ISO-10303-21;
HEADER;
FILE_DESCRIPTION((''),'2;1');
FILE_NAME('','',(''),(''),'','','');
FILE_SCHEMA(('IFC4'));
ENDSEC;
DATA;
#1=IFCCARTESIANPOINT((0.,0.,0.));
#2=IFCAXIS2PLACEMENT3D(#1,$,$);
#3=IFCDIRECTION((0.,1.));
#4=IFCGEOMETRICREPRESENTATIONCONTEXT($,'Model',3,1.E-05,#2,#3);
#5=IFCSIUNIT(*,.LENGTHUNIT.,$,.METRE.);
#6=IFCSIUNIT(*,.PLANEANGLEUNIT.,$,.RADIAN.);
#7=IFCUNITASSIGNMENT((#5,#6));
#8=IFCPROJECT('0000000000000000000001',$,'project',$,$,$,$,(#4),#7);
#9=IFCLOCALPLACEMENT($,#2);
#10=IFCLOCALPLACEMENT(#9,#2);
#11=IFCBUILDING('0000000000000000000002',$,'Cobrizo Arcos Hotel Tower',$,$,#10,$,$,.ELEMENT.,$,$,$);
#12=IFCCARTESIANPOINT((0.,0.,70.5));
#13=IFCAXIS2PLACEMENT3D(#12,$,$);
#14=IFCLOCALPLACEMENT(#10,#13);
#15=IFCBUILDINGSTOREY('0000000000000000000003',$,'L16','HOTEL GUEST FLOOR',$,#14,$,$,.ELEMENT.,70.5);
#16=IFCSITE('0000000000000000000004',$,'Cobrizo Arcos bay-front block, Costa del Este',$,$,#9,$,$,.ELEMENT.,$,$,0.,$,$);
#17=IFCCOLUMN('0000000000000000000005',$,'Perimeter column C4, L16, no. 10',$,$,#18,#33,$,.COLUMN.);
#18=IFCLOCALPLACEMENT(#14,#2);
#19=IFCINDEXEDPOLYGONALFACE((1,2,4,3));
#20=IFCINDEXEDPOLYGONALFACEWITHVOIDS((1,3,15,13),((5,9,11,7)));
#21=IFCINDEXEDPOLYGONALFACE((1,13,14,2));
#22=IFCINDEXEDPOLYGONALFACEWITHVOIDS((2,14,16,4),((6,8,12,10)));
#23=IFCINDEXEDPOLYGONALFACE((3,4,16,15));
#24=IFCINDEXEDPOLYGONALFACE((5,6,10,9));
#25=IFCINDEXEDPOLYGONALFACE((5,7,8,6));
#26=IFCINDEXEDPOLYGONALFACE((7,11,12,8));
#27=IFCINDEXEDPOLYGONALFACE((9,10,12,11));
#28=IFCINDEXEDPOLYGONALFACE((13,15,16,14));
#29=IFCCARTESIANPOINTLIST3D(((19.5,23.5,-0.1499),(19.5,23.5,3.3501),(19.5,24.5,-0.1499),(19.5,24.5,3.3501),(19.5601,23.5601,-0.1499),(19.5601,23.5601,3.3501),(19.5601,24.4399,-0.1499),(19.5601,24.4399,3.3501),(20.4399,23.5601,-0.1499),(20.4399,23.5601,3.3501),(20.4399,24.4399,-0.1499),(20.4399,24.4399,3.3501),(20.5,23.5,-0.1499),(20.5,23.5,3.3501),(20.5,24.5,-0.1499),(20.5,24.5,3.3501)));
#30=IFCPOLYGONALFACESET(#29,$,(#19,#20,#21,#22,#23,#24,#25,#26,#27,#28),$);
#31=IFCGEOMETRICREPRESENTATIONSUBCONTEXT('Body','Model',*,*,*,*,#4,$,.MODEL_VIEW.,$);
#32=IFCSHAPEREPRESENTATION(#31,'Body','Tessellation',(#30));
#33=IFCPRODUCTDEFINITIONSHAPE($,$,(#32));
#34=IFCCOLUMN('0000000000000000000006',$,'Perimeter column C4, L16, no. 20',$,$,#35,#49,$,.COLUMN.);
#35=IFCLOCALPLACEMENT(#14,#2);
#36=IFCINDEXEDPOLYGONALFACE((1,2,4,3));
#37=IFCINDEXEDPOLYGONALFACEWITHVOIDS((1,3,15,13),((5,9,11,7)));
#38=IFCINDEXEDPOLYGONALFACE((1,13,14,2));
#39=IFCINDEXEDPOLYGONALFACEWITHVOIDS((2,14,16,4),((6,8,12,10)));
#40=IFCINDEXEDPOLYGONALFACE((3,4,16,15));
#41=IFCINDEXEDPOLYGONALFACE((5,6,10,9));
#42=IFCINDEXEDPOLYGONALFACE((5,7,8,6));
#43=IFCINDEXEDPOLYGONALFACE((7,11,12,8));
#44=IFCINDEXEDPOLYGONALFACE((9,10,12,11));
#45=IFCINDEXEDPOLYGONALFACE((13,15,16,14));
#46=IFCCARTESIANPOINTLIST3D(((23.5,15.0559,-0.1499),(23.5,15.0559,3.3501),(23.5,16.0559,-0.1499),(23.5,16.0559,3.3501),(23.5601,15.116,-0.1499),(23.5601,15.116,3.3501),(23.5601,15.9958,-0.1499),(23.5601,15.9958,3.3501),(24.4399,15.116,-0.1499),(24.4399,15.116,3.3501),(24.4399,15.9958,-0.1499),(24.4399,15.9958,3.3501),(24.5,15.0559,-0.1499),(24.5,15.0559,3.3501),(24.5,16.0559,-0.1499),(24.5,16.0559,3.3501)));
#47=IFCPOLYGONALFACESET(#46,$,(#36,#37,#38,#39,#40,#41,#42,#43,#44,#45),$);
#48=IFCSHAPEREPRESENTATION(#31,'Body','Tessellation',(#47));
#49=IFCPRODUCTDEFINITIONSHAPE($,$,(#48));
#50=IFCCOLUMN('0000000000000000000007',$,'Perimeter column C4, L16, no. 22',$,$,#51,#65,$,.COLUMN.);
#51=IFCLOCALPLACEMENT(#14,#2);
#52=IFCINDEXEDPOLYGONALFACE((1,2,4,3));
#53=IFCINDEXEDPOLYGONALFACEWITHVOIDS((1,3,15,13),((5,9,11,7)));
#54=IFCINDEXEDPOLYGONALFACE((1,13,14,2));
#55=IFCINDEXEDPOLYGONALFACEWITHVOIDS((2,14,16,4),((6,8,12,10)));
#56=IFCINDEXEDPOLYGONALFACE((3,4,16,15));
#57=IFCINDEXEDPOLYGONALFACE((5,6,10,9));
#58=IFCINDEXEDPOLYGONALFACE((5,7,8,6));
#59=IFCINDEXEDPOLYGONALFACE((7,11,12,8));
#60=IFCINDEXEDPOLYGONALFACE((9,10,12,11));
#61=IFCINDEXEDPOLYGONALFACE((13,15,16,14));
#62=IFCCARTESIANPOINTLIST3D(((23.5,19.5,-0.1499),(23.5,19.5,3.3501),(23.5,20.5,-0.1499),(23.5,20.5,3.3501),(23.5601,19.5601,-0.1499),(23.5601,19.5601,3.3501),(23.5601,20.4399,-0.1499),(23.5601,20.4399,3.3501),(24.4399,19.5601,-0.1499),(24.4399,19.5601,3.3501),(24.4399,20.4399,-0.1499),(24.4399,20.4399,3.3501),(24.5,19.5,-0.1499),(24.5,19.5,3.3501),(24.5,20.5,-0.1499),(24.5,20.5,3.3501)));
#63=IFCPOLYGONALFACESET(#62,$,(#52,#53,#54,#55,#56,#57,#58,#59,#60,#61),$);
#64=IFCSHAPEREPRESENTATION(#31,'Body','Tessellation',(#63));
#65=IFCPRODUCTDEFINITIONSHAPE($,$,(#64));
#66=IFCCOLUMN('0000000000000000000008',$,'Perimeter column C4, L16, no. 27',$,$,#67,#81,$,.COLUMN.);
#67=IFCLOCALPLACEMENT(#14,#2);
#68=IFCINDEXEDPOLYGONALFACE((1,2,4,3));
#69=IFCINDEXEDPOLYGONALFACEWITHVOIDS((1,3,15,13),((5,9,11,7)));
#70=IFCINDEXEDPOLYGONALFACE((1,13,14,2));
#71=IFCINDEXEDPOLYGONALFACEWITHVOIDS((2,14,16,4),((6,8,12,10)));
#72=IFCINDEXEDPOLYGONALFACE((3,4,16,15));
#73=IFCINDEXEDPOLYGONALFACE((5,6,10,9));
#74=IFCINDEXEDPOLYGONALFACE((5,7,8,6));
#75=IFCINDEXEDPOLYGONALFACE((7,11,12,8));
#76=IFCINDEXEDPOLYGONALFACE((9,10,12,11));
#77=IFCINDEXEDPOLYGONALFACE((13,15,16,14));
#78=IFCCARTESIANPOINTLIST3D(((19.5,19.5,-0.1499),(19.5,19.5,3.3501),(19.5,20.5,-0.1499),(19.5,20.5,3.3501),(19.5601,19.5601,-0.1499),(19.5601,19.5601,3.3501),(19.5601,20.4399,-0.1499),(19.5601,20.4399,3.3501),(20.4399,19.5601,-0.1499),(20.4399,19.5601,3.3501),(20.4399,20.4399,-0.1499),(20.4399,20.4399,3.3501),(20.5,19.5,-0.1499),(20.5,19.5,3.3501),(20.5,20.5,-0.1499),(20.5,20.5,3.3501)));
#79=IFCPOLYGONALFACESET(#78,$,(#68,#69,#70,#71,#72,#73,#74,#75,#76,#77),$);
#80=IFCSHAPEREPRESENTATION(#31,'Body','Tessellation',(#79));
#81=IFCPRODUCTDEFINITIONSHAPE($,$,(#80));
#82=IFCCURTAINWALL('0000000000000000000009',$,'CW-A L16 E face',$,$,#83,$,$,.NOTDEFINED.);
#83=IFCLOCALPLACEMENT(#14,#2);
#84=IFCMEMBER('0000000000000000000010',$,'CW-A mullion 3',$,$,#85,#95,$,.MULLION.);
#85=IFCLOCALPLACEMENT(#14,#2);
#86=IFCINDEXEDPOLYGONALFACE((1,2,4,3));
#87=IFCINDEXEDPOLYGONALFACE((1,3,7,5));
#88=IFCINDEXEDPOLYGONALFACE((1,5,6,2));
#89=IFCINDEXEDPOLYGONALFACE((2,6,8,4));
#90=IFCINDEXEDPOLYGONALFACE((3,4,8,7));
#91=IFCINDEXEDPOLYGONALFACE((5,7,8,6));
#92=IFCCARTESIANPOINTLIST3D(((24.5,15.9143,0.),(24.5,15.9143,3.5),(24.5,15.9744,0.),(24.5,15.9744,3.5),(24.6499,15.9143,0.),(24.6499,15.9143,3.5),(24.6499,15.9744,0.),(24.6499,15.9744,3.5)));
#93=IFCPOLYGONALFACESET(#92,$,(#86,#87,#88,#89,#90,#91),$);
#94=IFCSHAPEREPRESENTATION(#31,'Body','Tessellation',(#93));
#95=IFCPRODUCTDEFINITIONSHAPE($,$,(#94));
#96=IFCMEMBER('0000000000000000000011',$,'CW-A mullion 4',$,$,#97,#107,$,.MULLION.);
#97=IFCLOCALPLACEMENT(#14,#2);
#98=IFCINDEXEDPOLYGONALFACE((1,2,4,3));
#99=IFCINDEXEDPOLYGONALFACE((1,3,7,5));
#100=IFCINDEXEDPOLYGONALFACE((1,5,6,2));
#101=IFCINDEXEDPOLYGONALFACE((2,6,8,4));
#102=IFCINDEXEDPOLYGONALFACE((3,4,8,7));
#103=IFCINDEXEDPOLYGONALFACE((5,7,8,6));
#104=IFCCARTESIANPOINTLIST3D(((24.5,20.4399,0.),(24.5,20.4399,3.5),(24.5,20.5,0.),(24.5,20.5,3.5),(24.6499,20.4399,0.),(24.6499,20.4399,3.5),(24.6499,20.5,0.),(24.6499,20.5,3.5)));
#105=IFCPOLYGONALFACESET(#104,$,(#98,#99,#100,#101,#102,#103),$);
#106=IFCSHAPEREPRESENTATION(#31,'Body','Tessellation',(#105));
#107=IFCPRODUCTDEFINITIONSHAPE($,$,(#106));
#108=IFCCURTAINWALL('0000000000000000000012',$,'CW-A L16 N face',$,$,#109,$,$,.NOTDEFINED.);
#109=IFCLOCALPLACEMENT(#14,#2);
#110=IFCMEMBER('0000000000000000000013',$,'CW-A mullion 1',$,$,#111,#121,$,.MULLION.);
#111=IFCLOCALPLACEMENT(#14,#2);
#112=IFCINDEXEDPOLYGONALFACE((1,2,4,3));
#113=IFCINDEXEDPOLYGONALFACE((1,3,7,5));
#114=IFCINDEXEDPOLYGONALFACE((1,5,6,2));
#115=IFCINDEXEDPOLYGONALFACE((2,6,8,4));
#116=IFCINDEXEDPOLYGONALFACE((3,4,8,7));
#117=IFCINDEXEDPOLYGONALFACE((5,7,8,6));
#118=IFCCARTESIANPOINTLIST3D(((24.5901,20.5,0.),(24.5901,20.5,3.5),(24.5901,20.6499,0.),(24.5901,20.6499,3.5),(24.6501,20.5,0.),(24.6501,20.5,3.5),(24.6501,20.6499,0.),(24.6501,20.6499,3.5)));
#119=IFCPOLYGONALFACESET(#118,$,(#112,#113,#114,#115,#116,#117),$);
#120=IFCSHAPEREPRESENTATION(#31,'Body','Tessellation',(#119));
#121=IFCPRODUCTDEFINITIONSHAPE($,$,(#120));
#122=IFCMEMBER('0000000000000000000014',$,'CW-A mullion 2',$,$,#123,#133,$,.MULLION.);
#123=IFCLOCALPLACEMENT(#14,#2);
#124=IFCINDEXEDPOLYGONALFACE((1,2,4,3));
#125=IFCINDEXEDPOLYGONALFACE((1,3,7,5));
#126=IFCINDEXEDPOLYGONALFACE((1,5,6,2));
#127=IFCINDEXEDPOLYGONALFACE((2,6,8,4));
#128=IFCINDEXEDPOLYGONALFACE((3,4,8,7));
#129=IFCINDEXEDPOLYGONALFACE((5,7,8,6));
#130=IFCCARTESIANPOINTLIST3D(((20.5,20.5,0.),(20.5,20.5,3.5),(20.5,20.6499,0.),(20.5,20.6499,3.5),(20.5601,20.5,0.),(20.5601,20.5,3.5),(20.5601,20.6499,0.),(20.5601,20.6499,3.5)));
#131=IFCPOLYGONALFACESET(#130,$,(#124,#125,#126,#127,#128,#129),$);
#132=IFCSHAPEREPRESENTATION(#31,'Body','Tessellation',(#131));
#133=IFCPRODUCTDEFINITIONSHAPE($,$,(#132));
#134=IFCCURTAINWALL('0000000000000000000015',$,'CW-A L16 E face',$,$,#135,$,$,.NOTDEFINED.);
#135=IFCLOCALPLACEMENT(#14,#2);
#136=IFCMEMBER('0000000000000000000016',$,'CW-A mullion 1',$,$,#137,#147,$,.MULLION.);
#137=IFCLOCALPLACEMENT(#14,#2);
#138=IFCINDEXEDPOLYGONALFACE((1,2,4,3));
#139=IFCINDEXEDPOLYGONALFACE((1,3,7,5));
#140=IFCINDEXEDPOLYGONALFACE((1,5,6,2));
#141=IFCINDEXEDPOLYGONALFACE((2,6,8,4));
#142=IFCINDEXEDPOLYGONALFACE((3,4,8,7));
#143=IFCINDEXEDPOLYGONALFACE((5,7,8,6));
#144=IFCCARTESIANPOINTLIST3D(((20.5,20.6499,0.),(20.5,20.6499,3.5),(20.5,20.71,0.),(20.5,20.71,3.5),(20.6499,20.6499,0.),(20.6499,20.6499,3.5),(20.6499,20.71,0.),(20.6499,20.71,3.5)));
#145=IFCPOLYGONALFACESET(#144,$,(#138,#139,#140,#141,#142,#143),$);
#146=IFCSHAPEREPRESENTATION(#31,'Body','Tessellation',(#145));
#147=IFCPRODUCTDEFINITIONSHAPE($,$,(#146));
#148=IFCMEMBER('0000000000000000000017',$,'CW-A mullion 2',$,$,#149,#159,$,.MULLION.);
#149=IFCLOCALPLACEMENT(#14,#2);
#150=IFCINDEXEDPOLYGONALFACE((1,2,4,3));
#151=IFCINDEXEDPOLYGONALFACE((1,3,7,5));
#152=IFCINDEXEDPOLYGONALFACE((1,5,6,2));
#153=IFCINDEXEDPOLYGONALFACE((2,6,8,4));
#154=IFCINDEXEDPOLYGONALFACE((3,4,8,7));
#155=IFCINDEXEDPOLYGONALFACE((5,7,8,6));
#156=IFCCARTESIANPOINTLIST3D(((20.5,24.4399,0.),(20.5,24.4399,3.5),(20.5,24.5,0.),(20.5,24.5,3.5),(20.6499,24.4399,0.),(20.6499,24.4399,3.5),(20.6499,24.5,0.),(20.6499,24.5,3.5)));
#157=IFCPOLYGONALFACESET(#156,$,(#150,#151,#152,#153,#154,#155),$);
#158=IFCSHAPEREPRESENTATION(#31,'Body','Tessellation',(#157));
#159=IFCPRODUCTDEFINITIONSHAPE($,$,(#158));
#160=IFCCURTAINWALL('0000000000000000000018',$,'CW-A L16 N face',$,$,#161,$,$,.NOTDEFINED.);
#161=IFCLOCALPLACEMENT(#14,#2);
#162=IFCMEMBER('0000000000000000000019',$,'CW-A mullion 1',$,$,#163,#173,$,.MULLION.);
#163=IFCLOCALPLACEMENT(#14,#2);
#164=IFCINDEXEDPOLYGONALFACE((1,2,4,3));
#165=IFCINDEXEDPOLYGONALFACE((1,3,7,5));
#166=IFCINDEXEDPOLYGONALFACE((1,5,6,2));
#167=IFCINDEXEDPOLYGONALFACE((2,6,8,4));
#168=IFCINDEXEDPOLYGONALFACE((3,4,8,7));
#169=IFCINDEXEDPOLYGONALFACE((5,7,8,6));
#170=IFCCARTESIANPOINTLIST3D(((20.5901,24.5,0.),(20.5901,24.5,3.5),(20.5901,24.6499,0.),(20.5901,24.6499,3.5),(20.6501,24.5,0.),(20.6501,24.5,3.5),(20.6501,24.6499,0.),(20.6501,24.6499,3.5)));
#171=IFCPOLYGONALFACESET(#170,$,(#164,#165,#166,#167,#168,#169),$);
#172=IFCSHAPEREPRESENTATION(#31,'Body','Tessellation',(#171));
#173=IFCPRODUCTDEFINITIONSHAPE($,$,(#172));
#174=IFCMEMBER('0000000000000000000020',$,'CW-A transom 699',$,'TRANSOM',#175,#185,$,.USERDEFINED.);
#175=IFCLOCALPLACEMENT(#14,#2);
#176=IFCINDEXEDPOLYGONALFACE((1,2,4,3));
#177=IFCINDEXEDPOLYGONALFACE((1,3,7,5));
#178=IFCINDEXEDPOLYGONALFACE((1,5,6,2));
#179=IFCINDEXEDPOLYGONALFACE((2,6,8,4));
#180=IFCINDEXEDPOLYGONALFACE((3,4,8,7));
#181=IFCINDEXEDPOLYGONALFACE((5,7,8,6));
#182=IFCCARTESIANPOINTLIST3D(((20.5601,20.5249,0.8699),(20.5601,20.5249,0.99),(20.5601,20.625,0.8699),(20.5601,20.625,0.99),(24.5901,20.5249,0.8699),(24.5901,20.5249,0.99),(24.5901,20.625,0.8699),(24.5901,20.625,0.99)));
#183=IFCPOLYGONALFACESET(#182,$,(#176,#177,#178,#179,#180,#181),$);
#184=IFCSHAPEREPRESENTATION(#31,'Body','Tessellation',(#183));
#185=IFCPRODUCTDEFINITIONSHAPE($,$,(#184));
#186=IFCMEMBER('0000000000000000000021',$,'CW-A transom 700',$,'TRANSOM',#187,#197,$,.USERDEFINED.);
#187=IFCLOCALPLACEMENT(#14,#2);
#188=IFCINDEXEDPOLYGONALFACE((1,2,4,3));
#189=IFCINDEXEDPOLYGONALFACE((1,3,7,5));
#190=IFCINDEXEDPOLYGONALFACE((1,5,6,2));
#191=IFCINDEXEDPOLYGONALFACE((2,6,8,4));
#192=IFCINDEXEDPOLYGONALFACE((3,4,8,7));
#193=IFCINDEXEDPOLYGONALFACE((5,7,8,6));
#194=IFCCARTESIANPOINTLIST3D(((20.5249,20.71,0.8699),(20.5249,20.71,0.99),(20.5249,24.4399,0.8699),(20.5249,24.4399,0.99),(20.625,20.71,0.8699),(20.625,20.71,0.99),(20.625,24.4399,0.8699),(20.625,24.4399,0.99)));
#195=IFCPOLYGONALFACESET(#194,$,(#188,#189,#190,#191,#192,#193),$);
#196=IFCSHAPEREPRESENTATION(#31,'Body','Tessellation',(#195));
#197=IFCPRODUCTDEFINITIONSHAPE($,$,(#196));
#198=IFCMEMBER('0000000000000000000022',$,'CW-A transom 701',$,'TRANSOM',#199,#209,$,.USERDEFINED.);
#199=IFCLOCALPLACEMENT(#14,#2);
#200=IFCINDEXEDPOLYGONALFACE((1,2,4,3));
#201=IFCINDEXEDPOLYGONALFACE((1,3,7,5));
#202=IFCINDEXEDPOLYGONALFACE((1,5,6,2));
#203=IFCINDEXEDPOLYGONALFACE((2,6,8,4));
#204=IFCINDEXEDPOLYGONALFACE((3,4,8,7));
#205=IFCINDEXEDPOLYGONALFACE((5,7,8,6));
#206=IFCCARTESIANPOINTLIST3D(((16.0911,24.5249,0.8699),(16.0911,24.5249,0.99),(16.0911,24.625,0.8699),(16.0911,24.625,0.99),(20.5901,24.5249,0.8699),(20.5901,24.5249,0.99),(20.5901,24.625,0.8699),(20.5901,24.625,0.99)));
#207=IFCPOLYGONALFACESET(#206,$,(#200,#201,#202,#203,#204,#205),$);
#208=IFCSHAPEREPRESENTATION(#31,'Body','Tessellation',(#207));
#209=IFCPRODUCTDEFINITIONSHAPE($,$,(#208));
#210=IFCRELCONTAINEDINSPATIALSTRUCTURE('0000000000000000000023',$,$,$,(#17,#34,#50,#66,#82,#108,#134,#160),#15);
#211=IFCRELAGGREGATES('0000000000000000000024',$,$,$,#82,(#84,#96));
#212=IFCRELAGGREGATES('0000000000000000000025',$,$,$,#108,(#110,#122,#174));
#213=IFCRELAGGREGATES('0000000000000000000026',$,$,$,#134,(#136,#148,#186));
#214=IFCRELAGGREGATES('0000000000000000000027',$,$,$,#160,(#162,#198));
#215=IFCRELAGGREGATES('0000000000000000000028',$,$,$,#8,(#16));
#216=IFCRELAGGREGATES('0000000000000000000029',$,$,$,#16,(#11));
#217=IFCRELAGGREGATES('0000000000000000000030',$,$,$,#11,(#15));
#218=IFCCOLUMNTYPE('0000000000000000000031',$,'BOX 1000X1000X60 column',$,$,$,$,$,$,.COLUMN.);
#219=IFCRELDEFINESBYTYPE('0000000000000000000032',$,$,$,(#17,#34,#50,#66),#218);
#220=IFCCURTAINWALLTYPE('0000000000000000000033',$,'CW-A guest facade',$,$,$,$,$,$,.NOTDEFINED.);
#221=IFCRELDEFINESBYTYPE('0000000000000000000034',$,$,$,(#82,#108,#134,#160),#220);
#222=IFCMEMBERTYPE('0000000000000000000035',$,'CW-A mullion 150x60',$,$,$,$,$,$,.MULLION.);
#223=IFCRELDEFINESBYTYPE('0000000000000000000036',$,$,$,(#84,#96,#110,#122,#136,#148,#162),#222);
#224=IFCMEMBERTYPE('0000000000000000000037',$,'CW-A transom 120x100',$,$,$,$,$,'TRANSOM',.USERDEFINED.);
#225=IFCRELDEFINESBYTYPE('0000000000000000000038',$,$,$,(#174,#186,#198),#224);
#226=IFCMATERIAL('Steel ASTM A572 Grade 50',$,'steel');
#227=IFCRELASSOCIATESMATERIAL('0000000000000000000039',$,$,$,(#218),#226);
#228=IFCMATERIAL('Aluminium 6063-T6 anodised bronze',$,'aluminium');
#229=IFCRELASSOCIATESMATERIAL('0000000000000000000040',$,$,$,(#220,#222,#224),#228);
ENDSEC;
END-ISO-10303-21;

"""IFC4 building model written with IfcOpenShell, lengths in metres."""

from ifc_helpers import new_model, si_unit, direction, frame, origin, origin_2d, place, context, subcontext, project, spatial, rectangle, hollow_rectangle, extrude, material, material_profile, profile_set, type_object, element, aggregate, save


model = new_model("IFC4")

# Units and contexts
model_context = context("Model", 3, precision=1e-05, world=origin(), true_north=direction((0.0, 1.0)))
body_context = subcontext(model_context, "Body", "Model", "MODEL_VIEW")
ifc_project = project(units=[si_unit("LENGTHUNIT", "METRE"), si_unit("PLANEANGLEUNIT", "RADIAN")], contexts=[model_context])

# Site, building, storey
site_placement = place(None, origin())
site = spatial("IfcSite", under=ifc_project, at=site_placement, Name="Cobrizo Arcos bay-front block, Costa del Este", CompositionType="ELEMENT", RefElevation=0.0)
building_placement = place(site_placement, origin())
building = spatial("IfcBuilding", under=site, at=building_placement, Name="Cobrizo Arcos Hotel Tower", CompositionType="ELEMENT")
storey_placement = place(building_placement, frame((0.0, 0.0, 70.5)))
storey = spatial("IfcBuildingStorey", under=building, at=storey_placement, Name="L16", Description="HOTEL GUEST FLOOR", CompositionType="ELEMENT", Elevation=70.5)

# Columns
ifc_material_1 = material(Name="Steel ASTM A572 Grade 50", Category="steel")
ifc_material_profile_1 = material_profile(ifc_material_1, hollow_rectangle(XDim=1.0, YDim=1.0, WallThickness=0.0601, at=origin_2d()), Name="BOX 1000X1000X60")
ifc_profile_set_1 = profile_set([ifc_material_profile_1], Name="Steel ASTM A572 Grade 50")
column_type = type_object("IfcColumnType", Name="BOX 1000X1000X60 column", PredefinedType="COLUMN", material=ifc_profile_set_1)
for number, where, z_axis, x_axis, name in (
    (1, (20.0, 24.0, -0.1499), (0.0, 0.0, 1.0), (1.0, 0.0, 0.0), "Perimeter column C4, L16, no. 10"),
    (2, (24.0, 15.5559, -0.1499), (0.0, 0.0, 1.0), (1.0, 0.0, 0.0), "Perimeter column C4, L16, no. 20"),
    (3, (24.0, 20.0, -0.1499), (0.0, 0.0, 1.0), (1.0, 0.0, 0.0), "Perimeter column C4, L16, no. 22"),
    (4, (20.0, 20.0, -0.1499), (0.0, 0.0, 1.0), (1.0, 0.0, 0.0), "Perimeter column C4, L16, no. 27"),
):
    element("IfcColumn", number, at=place(storey_placement, frame(where, z_axis=z_axis, x_axis=x_axis)), inside=storey, type_object=column_type, Name=name, PredefinedType="COLUMN", context=body_context, shape_type="SweptSolid", body=[
        extrude(hollow_rectangle(XDim=1.0, YDim=1.0, WallThickness=0.0601, at=origin_2d()), origin(), (0.0, 0.0, 1.0), 3.5),
    ])

# Curtain walls, members
ifc_material_2 = material(Name="Aluminium 6063-T6 anodised bronze", Category="aluminium")
curtain_wall_type = type_object("IfcCurtainWallType", Name="CW-A guest facade", PredefinedType="NOTDEFINED", material=ifc_material_2)
curtain_wall_1_placement = place(storey_placement, origin())
curtain_wall_1 = element("IfcCurtainWall", 5, at=curtain_wall_1_placement, inside=storey, type_object=curtain_wall_type, Name="CW-A L16 E face", PredefinedType="NOTDEFINED")
ifc_material_profile_2 = material_profile(ifc_material_2, rectangle(XDim=0.1499, YDim=0.0601, at=origin_2d()), Name="CW-A mullion 150x60")
ifc_profile_set_2 = profile_set([ifc_material_profile_2], Name="Aluminium 6063-T6 anodised bronze")
member_type_1 = type_object("IfcMemberType", Name="CW-A mullion 150x60", PredefinedType="MULLION", material=ifc_profile_set_2)
member_1_placement = place(storey_placement, frame((24.575, 15.9443, 0.0), z_axis=(0.0, 0.0, 1.0), x_axis=(1.0, 0.0, 0.0)))
member_1 = element("IfcMember", 6, at=member_1_placement, type_object=member_type_1, Name="CW-A mullion 3", PredefinedType="MULLION", context=body_context, shape_type="SweptSolid", body=[
    extrude(rectangle(XDim=0.1499, YDim=0.0601, at=origin_2d()), origin(), (0.0, 0.0, 1.0), 3.5),
])
member_2_placement = place(storey_placement, frame((24.575, 20.47, 0.0), z_axis=(0.0, 0.0, 1.0), x_axis=(1.0, 0.0, 0.0)))
member_2 = element("IfcMember", 7, at=member_2_placement, type_object=member_type_1, Name="CW-A mullion 4", PredefinedType="MULLION", context=body_context, shape_type="SweptSolid", body=[
    extrude(rectangle(XDim=0.1499, YDim=0.0601, at=origin_2d()), origin(), (0.0, 0.0, 1.0), 3.5),
])
curtain_wall_2_placement = place(storey_placement, origin())
curtain_wall_2 = element("IfcCurtainWall", 8, at=curtain_wall_2_placement, inside=storey, type_object=curtain_wall_type, Name="CW-A L16 N face", PredefinedType="NOTDEFINED")
member_3_placement = place(storey_placement, frame((24.6201, 20.575, 0.0), z_axis=(0.0, 0.0, 1.0), x_axis=(0.0, 1.0, 0.0)))
member_3 = element("IfcMember", 9, at=member_3_placement, type_object=member_type_1, Name="CW-A mullion 1", PredefinedType="MULLION", context=body_context, shape_type="SweptSolid", body=[
    extrude(rectangle(XDim=0.1499, YDim=0.0601, at=origin_2d()), origin(), (0.0, 0.0, 1.0), 3.5),
])
member_4_placement = place(storey_placement, frame((20.53, 20.575, 0.0), z_axis=(0.0, 0.0, 1.0), x_axis=(0.0, 1.0, 0.0)))
member_4 = element("IfcMember", 10, at=member_4_placement, type_object=member_type_1, Name="CW-A mullion 2", PredefinedType="MULLION", context=body_context, shape_type="SweptSolid", body=[
    extrude(rectangle(XDim=0.1499, YDim=0.0601, at=origin_2d()), origin(), (0.0, 0.0, 1.0), 3.5),
])
curtain_wall_3_placement = place(storey_placement, origin())
curtain_wall_3 = element("IfcCurtainWall", 11, at=curtain_wall_3_placement, inside=storey, type_object=curtain_wall_type, Name="CW-A L16 E face", PredefinedType="NOTDEFINED")
member_5_placement = place(storey_placement, frame((20.575, 20.6799, 0.0), z_axis=(0.0, 0.0, 1.0), x_axis=(1.0, 0.0, 0.0)))
member_5 = element("IfcMember", 12, at=member_5_placement, type_object=member_type_1, Name="CW-A mullion 1", PredefinedType="MULLION", context=body_context, shape_type="SweptSolid", body=[
    extrude(rectangle(XDim=0.1499, YDim=0.0601, at=origin_2d()), origin(), (0.0, 0.0, 1.0), 3.5),
])
member_6_placement = place(storey_placement, frame((20.575, 24.47, 0.0), z_axis=(0.0, 0.0, 1.0), x_axis=(1.0, 0.0, 0.0)))
member_6 = element("IfcMember", 13, at=member_6_placement, type_object=member_type_1, Name="CW-A mullion 2", PredefinedType="MULLION", context=body_context, shape_type="SweptSolid", body=[
    extrude(rectangle(XDim=0.1499, YDim=0.0601, at=origin_2d()), origin(), (0.0, 0.0, 1.0), 3.5),
])

# Curtain wall, member
curtain_wall_4_placement = place(storey_placement, origin())
curtain_wall_4 = element("IfcCurtainWall", 14, at=curtain_wall_4_placement, inside=storey, type_object=curtain_wall_type, Name="CW-A L16 N face", PredefinedType="NOTDEFINED")
member_7_placement = place(storey_placement, frame((20.6201, 24.575, 0.0), z_axis=(0.0, 0.0, 1.0), x_axis=(0.0, 1.0, 0.0)))
member_7 = element("IfcMember", 15, at=member_7_placement, type_object=member_type_1, Name="CW-A mullion 1", PredefinedType="MULLION", context=body_context, shape_type="SweptSolid", body=[
    extrude(rectangle(XDim=0.1499, YDim=0.0601, at=origin_2d()), origin(), (0.0, 0.0, 1.0), 3.5),
])

# Members
ifc_material_profile_3 = material_profile(ifc_material_2, rectangle(XDim=0.1001, YDim=0.1201, at=origin_2d()), Name="CW-A transom 120x100")
ifc_profile_set_3 = profile_set([ifc_material_profile_3], Name="Aluminium 6063-T6 anodised bronze")
member_type_2 = type_object("IfcMemberType", Name="CW-A transom 120x100", ElementType="TRANSOM", PredefinedType="USERDEFINED", material=ifc_profile_set_3)
member_8_placement = place(storey_placement, frame((24.5901, 20.575, 0.9299), z_axis=(-1.0, 0.0, 0.0), x_axis=(0.0, -1.0, 0.0)))
member_8 = element("IfcMember", 16, at=member_8_placement, type_object=member_type_2, Name="CW-A transom 699", ObjectType="TRANSOM", PredefinedType="USERDEFINED", context=body_context, shape_type="SweptSolid", body=[
    extrude(rectangle(XDim=0.1001, YDim=0.1201, at=origin_2d()), origin(), (0.0, 0.0, 1.0), 4.03),
])
member_9_placement = place(storey_placement, frame((20.575, 20.71, 0.9299), z_axis=(0.0, 1.0, 0.0), x_axis=(-1.0, 0.0, 0.0)))
member_9 = element("IfcMember", 17, at=member_9_placement, type_object=member_type_2, Name="CW-A transom 700", ObjectType="TRANSOM", PredefinedType="USERDEFINED", context=body_context, shape_type="SweptSolid", body=[
    extrude(rectangle(XDim=0.1001, YDim=0.1201, at=origin_2d()), origin(), (0.0, 0.0, 1.0), 3.73),
])
member_10_placement = place(storey_placement, frame((20.5901, 24.575, 0.9299), z_axis=(-1.0, 0.0, 0.0), x_axis=(0.0, -1.0, 0.0)))
member_10 = element("IfcMember", 18, at=member_10_placement, type_object=member_type_2, Name="CW-A transom 701", ObjectType="TRANSOM", PredefinedType="USERDEFINED", context=body_context, shape_type="SweptSolid", body=[
    extrude(rectangle(XDim=0.1001, YDim=0.1201, at=origin_2d()), origin(), (0.0, 0.0, 1.0), 4.499),
])

aggregate(curtain_wall_1, [member_1, member_2])
aggregate(curtain_wall_2, [member_3, member_4, member_8])
aggregate(curtain_wall_3, [member_5, member_6, member_9])
aggregate(curtain_wall_4, [member_7, member_10])

save(model, "model.ifc")
